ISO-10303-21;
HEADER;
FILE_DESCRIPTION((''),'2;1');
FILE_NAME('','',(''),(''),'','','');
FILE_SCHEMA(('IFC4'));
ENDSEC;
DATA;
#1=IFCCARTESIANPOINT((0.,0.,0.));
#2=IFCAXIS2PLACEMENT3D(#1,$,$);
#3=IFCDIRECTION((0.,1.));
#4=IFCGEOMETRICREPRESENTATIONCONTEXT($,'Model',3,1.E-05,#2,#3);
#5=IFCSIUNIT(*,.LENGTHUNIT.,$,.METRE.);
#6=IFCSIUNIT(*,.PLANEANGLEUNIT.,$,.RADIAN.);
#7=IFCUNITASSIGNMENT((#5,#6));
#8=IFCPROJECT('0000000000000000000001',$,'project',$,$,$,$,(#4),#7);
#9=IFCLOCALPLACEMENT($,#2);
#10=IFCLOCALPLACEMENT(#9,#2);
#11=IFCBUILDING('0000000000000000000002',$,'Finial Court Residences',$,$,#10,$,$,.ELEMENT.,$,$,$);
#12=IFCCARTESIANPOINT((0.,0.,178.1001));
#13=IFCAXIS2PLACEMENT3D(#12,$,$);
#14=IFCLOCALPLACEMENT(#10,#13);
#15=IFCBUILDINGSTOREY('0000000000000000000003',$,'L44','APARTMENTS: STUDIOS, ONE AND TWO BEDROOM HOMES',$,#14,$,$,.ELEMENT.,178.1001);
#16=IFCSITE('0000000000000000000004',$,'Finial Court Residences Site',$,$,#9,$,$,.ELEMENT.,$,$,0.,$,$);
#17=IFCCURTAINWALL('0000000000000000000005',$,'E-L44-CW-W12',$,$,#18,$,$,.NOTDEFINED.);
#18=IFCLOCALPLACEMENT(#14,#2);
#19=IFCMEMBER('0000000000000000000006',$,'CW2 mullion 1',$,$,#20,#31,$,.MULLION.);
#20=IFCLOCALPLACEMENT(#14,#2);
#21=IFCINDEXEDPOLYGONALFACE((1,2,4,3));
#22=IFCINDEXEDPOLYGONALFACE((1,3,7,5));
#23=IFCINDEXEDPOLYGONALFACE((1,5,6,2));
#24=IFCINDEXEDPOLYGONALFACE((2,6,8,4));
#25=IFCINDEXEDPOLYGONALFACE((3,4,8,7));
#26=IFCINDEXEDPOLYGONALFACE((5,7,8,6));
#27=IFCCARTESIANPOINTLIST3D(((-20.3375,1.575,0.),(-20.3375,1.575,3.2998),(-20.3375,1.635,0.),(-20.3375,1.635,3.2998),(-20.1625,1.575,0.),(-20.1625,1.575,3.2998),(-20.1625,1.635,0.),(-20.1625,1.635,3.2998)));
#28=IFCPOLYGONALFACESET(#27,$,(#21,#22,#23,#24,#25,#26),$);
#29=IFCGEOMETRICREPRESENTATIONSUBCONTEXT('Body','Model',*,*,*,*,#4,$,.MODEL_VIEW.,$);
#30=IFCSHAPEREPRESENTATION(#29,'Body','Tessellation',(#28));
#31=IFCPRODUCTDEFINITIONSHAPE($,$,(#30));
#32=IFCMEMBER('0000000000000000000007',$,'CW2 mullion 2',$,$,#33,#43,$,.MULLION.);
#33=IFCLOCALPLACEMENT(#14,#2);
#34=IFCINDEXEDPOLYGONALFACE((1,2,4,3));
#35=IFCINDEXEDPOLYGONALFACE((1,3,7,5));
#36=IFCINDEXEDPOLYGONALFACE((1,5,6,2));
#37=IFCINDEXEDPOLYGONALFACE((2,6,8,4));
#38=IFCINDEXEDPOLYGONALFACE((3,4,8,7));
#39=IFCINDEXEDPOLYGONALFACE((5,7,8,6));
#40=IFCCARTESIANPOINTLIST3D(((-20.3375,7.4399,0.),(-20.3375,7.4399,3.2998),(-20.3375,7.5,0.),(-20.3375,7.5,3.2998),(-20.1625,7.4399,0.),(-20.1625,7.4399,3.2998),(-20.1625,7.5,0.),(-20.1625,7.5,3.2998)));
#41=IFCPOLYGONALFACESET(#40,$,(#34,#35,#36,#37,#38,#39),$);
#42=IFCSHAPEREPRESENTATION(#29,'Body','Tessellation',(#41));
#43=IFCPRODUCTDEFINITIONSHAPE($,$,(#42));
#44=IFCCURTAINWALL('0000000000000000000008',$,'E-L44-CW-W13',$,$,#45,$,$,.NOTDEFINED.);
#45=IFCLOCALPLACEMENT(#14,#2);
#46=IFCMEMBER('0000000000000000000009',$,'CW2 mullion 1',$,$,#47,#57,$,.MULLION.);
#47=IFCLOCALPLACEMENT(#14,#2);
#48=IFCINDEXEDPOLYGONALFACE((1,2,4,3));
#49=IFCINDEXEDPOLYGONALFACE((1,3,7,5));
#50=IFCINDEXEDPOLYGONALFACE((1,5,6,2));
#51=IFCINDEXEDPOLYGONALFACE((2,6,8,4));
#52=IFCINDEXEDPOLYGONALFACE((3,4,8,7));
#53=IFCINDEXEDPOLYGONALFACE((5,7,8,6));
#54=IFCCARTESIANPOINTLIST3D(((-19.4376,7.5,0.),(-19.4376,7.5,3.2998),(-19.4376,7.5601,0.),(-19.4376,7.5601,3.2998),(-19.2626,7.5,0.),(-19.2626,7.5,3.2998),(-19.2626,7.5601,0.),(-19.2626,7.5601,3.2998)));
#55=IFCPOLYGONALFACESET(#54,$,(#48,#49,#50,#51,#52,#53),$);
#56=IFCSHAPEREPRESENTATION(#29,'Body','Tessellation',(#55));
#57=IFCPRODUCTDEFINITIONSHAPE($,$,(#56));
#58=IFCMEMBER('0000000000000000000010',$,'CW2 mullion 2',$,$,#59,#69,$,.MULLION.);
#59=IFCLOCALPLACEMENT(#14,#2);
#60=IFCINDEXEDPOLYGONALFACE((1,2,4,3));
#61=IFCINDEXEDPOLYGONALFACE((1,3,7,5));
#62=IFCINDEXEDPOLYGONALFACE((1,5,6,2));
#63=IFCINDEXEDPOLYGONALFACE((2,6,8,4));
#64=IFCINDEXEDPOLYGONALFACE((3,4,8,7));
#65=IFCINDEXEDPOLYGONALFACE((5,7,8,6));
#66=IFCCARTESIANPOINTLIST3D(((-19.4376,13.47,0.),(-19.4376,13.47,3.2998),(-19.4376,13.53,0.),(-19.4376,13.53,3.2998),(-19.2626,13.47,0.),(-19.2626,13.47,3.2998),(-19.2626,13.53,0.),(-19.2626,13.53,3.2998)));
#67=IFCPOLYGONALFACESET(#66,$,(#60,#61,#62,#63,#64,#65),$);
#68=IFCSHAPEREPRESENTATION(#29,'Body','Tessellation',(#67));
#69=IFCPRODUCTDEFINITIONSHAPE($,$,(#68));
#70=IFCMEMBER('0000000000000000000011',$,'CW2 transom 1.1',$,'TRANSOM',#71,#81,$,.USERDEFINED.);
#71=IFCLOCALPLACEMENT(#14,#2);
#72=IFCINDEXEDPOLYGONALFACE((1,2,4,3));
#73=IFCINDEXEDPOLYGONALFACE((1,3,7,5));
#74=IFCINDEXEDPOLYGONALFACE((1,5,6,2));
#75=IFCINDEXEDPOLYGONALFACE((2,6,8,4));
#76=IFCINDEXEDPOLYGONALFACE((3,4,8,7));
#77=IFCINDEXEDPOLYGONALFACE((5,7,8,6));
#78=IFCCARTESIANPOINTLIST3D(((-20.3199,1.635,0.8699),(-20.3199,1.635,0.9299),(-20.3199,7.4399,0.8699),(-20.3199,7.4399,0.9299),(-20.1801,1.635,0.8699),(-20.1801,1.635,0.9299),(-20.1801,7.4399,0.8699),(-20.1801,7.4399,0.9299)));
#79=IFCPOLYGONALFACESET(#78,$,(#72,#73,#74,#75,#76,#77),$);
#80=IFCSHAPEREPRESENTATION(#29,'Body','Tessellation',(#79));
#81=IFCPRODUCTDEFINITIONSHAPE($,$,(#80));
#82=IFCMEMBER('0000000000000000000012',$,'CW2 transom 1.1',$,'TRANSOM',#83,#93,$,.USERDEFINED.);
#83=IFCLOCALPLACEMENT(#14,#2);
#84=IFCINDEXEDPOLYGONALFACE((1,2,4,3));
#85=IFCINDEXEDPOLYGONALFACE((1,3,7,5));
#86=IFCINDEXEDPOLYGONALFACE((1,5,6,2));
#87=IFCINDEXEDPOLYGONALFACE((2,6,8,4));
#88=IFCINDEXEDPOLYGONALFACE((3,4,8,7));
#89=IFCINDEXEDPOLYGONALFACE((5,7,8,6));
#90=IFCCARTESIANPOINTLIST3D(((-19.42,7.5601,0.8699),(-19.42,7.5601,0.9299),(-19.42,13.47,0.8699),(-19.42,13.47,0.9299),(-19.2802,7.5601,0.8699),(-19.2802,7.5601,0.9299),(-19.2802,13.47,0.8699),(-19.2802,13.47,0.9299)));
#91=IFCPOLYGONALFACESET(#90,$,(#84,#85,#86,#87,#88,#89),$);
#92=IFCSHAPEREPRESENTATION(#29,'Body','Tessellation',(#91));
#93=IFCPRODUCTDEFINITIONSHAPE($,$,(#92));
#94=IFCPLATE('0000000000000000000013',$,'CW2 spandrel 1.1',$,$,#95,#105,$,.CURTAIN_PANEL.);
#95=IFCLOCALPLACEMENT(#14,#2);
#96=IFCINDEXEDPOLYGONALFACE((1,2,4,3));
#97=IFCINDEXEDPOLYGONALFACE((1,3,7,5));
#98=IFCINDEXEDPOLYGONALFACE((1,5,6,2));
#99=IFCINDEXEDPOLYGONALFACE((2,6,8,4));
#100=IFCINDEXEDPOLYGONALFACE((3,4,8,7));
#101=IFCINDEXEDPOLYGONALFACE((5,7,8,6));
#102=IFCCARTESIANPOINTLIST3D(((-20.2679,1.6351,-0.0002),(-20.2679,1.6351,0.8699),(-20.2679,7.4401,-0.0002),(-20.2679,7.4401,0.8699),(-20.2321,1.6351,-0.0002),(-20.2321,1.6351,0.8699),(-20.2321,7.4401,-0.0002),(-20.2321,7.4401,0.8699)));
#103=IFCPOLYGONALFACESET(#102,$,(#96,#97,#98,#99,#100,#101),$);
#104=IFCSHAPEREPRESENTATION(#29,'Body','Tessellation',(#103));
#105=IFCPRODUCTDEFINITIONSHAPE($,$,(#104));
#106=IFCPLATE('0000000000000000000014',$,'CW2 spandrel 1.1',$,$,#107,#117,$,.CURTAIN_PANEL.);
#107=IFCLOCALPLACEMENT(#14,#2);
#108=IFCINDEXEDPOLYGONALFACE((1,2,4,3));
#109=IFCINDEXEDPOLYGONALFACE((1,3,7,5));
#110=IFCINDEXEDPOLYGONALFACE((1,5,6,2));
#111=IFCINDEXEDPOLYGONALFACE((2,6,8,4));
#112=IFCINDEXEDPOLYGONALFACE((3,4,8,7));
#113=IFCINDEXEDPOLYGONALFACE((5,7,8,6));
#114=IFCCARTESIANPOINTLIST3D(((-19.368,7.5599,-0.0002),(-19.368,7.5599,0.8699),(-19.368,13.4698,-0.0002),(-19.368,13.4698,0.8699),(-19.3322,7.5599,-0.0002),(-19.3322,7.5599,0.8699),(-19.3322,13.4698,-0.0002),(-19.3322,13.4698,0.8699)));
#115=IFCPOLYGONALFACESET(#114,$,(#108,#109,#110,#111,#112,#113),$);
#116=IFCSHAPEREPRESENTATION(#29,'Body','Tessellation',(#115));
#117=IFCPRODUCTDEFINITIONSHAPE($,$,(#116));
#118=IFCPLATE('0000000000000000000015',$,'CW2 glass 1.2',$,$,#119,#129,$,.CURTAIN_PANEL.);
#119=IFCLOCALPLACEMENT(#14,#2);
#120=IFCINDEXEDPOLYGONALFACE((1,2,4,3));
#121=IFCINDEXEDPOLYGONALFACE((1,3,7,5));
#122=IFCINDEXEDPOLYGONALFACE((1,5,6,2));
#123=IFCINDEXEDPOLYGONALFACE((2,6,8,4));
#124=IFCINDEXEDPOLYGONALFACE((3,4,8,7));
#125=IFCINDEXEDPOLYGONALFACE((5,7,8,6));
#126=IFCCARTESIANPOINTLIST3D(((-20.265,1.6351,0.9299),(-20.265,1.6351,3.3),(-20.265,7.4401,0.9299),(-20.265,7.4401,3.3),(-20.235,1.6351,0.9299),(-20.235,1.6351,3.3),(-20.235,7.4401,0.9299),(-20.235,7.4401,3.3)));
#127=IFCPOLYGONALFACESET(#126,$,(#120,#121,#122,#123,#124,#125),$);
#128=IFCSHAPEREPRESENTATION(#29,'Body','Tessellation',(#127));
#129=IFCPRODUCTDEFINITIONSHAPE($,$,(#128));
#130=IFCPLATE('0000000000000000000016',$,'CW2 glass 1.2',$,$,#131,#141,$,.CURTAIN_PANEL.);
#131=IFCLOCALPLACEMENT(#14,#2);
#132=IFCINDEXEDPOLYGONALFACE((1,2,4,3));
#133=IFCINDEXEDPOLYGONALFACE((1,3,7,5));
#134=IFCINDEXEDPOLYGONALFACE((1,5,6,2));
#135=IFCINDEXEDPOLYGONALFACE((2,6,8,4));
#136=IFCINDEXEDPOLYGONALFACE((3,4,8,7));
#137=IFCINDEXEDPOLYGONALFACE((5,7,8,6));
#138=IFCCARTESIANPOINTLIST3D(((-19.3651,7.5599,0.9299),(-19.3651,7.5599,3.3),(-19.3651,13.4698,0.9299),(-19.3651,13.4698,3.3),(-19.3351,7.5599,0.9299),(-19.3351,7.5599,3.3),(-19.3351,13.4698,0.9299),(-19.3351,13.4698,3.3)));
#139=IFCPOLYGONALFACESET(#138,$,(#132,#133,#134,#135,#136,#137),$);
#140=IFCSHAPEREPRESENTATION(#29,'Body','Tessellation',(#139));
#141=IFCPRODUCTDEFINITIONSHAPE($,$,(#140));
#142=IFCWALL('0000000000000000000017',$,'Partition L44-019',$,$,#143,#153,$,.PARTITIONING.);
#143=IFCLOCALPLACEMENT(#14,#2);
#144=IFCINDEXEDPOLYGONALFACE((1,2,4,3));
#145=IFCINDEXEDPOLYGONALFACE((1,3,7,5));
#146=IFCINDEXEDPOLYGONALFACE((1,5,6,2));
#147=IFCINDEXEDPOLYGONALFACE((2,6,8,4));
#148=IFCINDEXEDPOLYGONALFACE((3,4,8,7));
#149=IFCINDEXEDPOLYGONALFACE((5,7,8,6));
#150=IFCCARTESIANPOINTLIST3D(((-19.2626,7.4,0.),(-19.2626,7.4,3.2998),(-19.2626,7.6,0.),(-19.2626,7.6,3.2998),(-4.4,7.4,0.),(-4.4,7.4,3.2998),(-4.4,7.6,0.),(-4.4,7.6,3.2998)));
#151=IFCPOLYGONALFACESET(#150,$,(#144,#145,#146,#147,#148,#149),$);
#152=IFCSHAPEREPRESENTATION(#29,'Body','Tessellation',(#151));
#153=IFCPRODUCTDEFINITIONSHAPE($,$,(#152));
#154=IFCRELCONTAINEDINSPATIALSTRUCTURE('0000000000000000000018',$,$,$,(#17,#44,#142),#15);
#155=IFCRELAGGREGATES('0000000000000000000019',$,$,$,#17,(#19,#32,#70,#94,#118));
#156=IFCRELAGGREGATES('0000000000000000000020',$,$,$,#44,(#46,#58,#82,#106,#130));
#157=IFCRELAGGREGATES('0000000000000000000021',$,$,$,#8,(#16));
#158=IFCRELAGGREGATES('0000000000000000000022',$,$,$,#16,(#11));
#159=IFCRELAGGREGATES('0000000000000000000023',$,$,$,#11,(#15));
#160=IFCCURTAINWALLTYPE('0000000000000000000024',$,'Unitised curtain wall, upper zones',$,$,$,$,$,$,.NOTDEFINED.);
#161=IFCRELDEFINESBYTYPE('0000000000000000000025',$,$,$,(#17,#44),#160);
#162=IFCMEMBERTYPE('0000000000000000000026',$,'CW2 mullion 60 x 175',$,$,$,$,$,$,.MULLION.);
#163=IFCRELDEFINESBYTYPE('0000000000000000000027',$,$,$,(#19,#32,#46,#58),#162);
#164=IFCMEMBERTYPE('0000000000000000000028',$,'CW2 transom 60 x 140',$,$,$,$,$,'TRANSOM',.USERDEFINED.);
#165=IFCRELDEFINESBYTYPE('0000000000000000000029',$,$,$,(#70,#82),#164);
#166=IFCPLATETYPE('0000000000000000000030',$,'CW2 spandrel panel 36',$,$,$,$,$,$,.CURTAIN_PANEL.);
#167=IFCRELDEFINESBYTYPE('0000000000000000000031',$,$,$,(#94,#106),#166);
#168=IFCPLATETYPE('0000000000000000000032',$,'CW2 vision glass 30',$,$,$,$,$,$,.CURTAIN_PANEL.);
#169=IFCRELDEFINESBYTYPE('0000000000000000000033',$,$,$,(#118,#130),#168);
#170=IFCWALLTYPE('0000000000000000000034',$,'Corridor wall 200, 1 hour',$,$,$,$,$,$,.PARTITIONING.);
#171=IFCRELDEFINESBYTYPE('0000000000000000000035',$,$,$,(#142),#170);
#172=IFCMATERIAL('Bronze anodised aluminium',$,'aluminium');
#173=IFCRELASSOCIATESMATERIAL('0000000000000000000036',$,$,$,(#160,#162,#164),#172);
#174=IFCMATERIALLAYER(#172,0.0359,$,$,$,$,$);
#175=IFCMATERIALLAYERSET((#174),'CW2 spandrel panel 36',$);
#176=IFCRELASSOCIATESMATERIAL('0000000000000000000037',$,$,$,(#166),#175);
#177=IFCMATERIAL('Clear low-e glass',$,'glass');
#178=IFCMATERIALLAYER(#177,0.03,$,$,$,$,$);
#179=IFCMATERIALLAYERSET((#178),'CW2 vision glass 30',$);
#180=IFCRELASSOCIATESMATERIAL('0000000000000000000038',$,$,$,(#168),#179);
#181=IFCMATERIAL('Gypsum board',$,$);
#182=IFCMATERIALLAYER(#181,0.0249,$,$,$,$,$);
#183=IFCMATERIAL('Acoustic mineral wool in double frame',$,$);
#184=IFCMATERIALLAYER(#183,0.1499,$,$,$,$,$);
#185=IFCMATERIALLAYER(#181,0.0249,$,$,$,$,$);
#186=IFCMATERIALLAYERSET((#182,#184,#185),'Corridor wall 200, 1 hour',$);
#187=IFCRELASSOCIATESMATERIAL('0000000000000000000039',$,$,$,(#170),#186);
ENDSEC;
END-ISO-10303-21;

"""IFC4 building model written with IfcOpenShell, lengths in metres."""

from ifc_helpers import new_model, si_unit, direction, frame, frame_2d, origin, origin_2d, place, context, subcontext, project, spatial, rectangle, extrude, material, layer, layer_set, material_profile, profile_set, type_object, element, aggregate, save


model = new_model("IFC4")

# Units and contexts
model_context = context("Model", 3, precision=1e-05, world=origin(), true_north=direction((0.0, 1.0)))
body_context = subcontext(model_context, "Body", "Model", "MODEL_VIEW")
ifc_project = project(units=[si_unit("LENGTHUNIT", "METRE"), si_unit("PLANEANGLEUNIT", "RADIAN")], contexts=[model_context])

# Site, building, storey
site_placement = place(None, origin())
site = spatial("IfcSite", under=ifc_project, at=site_placement, Name="Finial Court Residences Site", CompositionType="ELEMENT", RefElevation=0.0)
building_placement = place(site_placement, origin())
building = spatial("IfcBuilding", under=site, at=building_placement, Name="Finial Court Residences", CompositionType="ELEMENT")
storey_placement = place(building_placement, frame((0.0, 0.0, 178.1001)))
storey = spatial("IfcBuildingStorey", under=building, at=storey_placement, Name="L44", Description="APARTMENTS: STUDIOS, ONE AND TWO BEDROOM HOMES", CompositionType="ELEMENT", Elevation=178.1001)

# Curtain walls, members
ifc_material_1 = material(Name="Bronze anodised aluminium", Category="aluminium")
curtain_wall_type = type_object("IfcCurtainWallType", Name="Unitised curtain wall, upper zones", PredefinedType="NOTDEFINED", material=ifc_material_1)
curtain_wall_1_placement = place(storey_placement, origin())
curtain_wall_1 = element("IfcCurtainWall", 1, at=curtain_wall_1_placement, inside=storey, type_object=curtain_wall_type, Name="E-L44-CW-W12", PredefinedType="NOTDEFINED")
ifc_material_profile_1 = material_profile(ifc_material_1, rectangle(XDim=0.175, YDim=0.0601, at=origin_2d()), Name="CW2 mullion 60 x 175")
ifc_profile_set_1 = profile_set([ifc_material_profile_1], Name="Bronze anodised aluminium")
member_type_1 = type_object("IfcMemberType", Name="CW2 mullion 60 x 175", PredefinedType="MULLION", material=ifc_profile_set_1)
member_1_placement = place(storey_placement, frame((-20.25, 1.605, 0.0), z_axis=(0.0, 0.0, 1.0), x_axis=(-1.0, 0.0, 0.0)))
member_1 = element("IfcMember", 2, at=member_1_placement, type_object=member_type_1, Name="CW2 mullion 1", PredefinedType="MULLION", context=body_context, shape_type="SweptSolid", body=[
    extrude(rectangle(XDim=0.175, YDim=0.0601, at=origin_2d()), origin(), (0.0, 0.0, 1.0), 3.2998),
])
member_2_placement = place(storey_placement, frame((-20.25, 7.47, 0.0), z_axis=(0.0, 0.0, 1.0), x_axis=(-1.0, 0.0, 0.0)))
member_2 = element("IfcMember", 3, at=member_2_placement, type_object=member_type_1, Name="CW2 mullion 2", PredefinedType="MULLION", context=body_context, shape_type="SweptSolid", body=[
    extrude(rectangle(XDim=0.175, YDim=0.0601, at=origin_2d()), origin(), (0.0, 0.0, 1.0), 3.2998),
])
curtain_wall_2_placement = place(storey_placement, origin())
curtain_wall_2 = element("IfcCurtainWall", 4, at=curtain_wall_2_placement, inside=storey, type_object=curtain_wall_type, Name="E-L44-CW-W13", PredefinedType="NOTDEFINED")
member_3_placement = place(storey_placement, frame((-19.3501, 7.53, 0.0), z_axis=(0.0, 0.0, 1.0), x_axis=(-1.0, 0.0, 0.0)))
member_3 = element("IfcMember", 5, at=member_3_placement, type_object=member_type_1, Name="CW2 mullion 1", PredefinedType="MULLION", context=body_context, shape_type="SweptSolid", body=[
    extrude(rectangle(XDim=0.175, YDim=0.0601, at=origin_2d()), origin(), (0.0, 0.0, 1.0), 3.2998),
])
member_4_placement = place(storey_placement, frame((-19.3501, 13.5, 0.0), z_axis=(0.0, 0.0, 1.0), x_axis=(-1.0, 0.0, 0.0)))
member_4 = element("IfcMember", 6, at=member_4_placement, type_object=member_type_1, Name="CW2 mullion 2", PredefinedType="MULLION", context=body_context, shape_type="SweptSolid", body=[
    extrude(rectangle(XDim=0.175, YDim=0.0601, at=origin_2d()), origin(), (0.0, 0.0, 1.0), 3.2998),
])

# Members
ifc_material_profile_2 = material_profile(ifc_material_1, rectangle(XDim=0.1399, YDim=0.0601, at=origin_2d()), Name="CW2 transom 60 x 140")
ifc_profile_set_2 = profile_set([ifc_material_profile_2], Name="Bronze anodised aluminium")
member_type_2 = type_object("IfcMemberType", Name="CW2 transom 60 x 140", ElementType="TRANSOM", PredefinedType="USERDEFINED", material=ifc_profile_set_2)
member_5_placement = place(storey_placement, frame((-20.25, 1.635, 0.8999), z_axis=(0.0, 1.0, 0.0), x_axis=(-1.0, 0.0, 0.0)))
member_5 = element("IfcMember", 7, at=member_5_placement, type_object=member_type_2, Name="CW2 transom 1.1", ObjectType="TRANSOM", PredefinedType="USERDEFINED", context=body_context, shape_type="SweptSolid", body=[
    extrude(rectangle(XDim=0.1399, YDim=0.0601, at=origin_2d()), origin(), (0.0, 0.0, 1.0), 5.8049),
])
member_6_placement = place(storey_placement, frame((-19.3501, 7.5601, 0.8999), z_axis=(0.0, 1.0, 0.0), x_axis=(-1.0, 0.0, 0.0)))
member_6 = element("IfcMember", 8, at=member_6_placement, type_object=member_type_2, Name="CW2 transom 1.1", ObjectType="TRANSOM", PredefinedType="USERDEFINED", context=body_context, shape_type="SweptSolid", body=[
    extrude(rectangle(XDim=0.1399, YDim=0.0601, at=origin_2d()), origin(), (0.0, 0.0, 1.0), 5.9099),
])

# Plates
ifc_layer_1 = layer(ifc_material_1, 0.0359)
ifc_layer_set_1 = layer_set([ifc_layer_1], Name="CW2 spandrel panel 36")
plate_type_1 = type_object("IfcPlateType", Name="CW2 spandrel panel 36", PredefinedType="CURTAIN_PANEL", material=ifc_layer_set_1)
plate_1_placement = place(storey_placement, frame((-20.25, 4.5376, -0.0002), z_axis=(0.0, 0.0, 1.0), x_axis=(0.0, 1.0, 0.0)))
plate_1 = element("IfcPlate", 9, at=plate_1_placement, type_object=plate_type_1, Name="CW2 spandrel 1.1", PredefinedType="CURTAIN_PANEL", context=body_context, shape_type="SweptSolid", body=[
    extrude(rectangle(XDim=5.8049, YDim=0.0359, at=origin_2d()), origin(), (0.0, 0.0, 1.0), 0.8701),
])
plate_2_placement = place(storey_placement, frame((-19.3501, 10.5149, -0.0002), z_axis=(0.0, 0.0, 1.0), x_axis=(0.0, 1.0, 0.0)))
plate_2 = element("IfcPlate", 10, at=plate_2_placement, type_object=plate_type_1, Name="CW2 spandrel 1.1", PredefinedType="CURTAIN_PANEL", context=body_context, shape_type="SweptSolid", body=[
    extrude(rectangle(XDim=5.9099, YDim=0.0359, at=origin_2d()), origin(), (0.0, 0.0, 1.0), 0.8701),
])
ifc_material_2 = material(Name="Clear low-e glass", Category="glass")
ifc_layer_2 = layer(ifc_material_2, 0.03)
ifc_layer_set_2 = layer_set([ifc_layer_2], Name="CW2 vision glass 30")
plate_type_2 = type_object("IfcPlateType", Name="CW2 vision glass 30", PredefinedType="CURTAIN_PANEL", material=ifc_layer_set_2)
plate_3_placement = place(storey_placement, frame((-20.25, 4.5376, 0.9299), z_axis=(0.0, 0.0, 1.0), x_axis=(0.0, 1.0, 0.0)))
plate_3 = element("IfcPlate", 11, at=plate_3_placement, type_object=plate_type_2, Name="CW2 glass 1.2", PredefinedType="CURTAIN_PANEL", context=body_context, shape_type="SweptSolid", body=[
    extrude(rectangle(XDim=5.8049, YDim=0.03, at=origin_2d()), origin(), (0.0, 0.0, 1.0), 2.3701),
])
aggregate(curtain_wall_1, [member_1, member_2, member_5, plate_1, plate_3])
plate_4_placement = place(storey_placement, frame((-19.3501, 10.5149, 0.9299), z_axis=(0.0, 0.0, 1.0), x_axis=(0.0, 1.0, 0.0)))
plate_4 = element("IfcPlate", 12, at=plate_4_placement, type_object=plate_type_2, Name="CW2 glass 1.2", PredefinedType="CURTAIN_PANEL", context=body_context, shape_type="SweptSolid", body=[
    extrude(rectangle(XDim=5.9099, YDim=0.03, at=origin_2d()), origin(), (0.0, 0.0, 1.0), 2.3701),
])
aggregate(curtain_wall_2, [member_3, member_4, member_6, plate_2, plate_4])

# Wall
ifc_material_3 = material(Name="Gypsum board")
ifc_layer_3 = layer(ifc_material_3, 0.0249)
ifc_material_4 = material(Name="Acoustic mineral wool in double frame")
ifc_layer_4 = layer(ifc_material_4, 0.1499)
ifc_layer_5 = layer(ifc_material_3, 0.0249)
ifc_layer_set_3 = layer_set([ifc_layer_3, ifc_layer_4, ifc_layer_5], Name="Corridor wall 200, 1 hour")
wall_type_1 = type_object("IfcWallType", Name="Corridor wall 200, 1 hour", PredefinedType="PARTITIONING", material=ifc_layer_set_3)
wall_1_placement = place(storey_placement, frame((-19.2625, 7.5, 0.0), z_axis=(0.0, 0.0, 1.0), x_axis=(1.0, 0.0, 0.0)))
element("IfcWall", 13, at=wall_1_placement, inside=storey, type_object=wall_type_1, Name="Partition L44-019", PredefinedType="PARTITIONING", context=body_context, shape_type="SweptSolid", body=[
    extrude(rectangle(XDim=14.8625, YDim=0.2, at=frame_2d((7.4312, 0.0))), origin(), (0.0, 0.0, 1.0), 3.2998),
])

save(model, "model.ifc")
